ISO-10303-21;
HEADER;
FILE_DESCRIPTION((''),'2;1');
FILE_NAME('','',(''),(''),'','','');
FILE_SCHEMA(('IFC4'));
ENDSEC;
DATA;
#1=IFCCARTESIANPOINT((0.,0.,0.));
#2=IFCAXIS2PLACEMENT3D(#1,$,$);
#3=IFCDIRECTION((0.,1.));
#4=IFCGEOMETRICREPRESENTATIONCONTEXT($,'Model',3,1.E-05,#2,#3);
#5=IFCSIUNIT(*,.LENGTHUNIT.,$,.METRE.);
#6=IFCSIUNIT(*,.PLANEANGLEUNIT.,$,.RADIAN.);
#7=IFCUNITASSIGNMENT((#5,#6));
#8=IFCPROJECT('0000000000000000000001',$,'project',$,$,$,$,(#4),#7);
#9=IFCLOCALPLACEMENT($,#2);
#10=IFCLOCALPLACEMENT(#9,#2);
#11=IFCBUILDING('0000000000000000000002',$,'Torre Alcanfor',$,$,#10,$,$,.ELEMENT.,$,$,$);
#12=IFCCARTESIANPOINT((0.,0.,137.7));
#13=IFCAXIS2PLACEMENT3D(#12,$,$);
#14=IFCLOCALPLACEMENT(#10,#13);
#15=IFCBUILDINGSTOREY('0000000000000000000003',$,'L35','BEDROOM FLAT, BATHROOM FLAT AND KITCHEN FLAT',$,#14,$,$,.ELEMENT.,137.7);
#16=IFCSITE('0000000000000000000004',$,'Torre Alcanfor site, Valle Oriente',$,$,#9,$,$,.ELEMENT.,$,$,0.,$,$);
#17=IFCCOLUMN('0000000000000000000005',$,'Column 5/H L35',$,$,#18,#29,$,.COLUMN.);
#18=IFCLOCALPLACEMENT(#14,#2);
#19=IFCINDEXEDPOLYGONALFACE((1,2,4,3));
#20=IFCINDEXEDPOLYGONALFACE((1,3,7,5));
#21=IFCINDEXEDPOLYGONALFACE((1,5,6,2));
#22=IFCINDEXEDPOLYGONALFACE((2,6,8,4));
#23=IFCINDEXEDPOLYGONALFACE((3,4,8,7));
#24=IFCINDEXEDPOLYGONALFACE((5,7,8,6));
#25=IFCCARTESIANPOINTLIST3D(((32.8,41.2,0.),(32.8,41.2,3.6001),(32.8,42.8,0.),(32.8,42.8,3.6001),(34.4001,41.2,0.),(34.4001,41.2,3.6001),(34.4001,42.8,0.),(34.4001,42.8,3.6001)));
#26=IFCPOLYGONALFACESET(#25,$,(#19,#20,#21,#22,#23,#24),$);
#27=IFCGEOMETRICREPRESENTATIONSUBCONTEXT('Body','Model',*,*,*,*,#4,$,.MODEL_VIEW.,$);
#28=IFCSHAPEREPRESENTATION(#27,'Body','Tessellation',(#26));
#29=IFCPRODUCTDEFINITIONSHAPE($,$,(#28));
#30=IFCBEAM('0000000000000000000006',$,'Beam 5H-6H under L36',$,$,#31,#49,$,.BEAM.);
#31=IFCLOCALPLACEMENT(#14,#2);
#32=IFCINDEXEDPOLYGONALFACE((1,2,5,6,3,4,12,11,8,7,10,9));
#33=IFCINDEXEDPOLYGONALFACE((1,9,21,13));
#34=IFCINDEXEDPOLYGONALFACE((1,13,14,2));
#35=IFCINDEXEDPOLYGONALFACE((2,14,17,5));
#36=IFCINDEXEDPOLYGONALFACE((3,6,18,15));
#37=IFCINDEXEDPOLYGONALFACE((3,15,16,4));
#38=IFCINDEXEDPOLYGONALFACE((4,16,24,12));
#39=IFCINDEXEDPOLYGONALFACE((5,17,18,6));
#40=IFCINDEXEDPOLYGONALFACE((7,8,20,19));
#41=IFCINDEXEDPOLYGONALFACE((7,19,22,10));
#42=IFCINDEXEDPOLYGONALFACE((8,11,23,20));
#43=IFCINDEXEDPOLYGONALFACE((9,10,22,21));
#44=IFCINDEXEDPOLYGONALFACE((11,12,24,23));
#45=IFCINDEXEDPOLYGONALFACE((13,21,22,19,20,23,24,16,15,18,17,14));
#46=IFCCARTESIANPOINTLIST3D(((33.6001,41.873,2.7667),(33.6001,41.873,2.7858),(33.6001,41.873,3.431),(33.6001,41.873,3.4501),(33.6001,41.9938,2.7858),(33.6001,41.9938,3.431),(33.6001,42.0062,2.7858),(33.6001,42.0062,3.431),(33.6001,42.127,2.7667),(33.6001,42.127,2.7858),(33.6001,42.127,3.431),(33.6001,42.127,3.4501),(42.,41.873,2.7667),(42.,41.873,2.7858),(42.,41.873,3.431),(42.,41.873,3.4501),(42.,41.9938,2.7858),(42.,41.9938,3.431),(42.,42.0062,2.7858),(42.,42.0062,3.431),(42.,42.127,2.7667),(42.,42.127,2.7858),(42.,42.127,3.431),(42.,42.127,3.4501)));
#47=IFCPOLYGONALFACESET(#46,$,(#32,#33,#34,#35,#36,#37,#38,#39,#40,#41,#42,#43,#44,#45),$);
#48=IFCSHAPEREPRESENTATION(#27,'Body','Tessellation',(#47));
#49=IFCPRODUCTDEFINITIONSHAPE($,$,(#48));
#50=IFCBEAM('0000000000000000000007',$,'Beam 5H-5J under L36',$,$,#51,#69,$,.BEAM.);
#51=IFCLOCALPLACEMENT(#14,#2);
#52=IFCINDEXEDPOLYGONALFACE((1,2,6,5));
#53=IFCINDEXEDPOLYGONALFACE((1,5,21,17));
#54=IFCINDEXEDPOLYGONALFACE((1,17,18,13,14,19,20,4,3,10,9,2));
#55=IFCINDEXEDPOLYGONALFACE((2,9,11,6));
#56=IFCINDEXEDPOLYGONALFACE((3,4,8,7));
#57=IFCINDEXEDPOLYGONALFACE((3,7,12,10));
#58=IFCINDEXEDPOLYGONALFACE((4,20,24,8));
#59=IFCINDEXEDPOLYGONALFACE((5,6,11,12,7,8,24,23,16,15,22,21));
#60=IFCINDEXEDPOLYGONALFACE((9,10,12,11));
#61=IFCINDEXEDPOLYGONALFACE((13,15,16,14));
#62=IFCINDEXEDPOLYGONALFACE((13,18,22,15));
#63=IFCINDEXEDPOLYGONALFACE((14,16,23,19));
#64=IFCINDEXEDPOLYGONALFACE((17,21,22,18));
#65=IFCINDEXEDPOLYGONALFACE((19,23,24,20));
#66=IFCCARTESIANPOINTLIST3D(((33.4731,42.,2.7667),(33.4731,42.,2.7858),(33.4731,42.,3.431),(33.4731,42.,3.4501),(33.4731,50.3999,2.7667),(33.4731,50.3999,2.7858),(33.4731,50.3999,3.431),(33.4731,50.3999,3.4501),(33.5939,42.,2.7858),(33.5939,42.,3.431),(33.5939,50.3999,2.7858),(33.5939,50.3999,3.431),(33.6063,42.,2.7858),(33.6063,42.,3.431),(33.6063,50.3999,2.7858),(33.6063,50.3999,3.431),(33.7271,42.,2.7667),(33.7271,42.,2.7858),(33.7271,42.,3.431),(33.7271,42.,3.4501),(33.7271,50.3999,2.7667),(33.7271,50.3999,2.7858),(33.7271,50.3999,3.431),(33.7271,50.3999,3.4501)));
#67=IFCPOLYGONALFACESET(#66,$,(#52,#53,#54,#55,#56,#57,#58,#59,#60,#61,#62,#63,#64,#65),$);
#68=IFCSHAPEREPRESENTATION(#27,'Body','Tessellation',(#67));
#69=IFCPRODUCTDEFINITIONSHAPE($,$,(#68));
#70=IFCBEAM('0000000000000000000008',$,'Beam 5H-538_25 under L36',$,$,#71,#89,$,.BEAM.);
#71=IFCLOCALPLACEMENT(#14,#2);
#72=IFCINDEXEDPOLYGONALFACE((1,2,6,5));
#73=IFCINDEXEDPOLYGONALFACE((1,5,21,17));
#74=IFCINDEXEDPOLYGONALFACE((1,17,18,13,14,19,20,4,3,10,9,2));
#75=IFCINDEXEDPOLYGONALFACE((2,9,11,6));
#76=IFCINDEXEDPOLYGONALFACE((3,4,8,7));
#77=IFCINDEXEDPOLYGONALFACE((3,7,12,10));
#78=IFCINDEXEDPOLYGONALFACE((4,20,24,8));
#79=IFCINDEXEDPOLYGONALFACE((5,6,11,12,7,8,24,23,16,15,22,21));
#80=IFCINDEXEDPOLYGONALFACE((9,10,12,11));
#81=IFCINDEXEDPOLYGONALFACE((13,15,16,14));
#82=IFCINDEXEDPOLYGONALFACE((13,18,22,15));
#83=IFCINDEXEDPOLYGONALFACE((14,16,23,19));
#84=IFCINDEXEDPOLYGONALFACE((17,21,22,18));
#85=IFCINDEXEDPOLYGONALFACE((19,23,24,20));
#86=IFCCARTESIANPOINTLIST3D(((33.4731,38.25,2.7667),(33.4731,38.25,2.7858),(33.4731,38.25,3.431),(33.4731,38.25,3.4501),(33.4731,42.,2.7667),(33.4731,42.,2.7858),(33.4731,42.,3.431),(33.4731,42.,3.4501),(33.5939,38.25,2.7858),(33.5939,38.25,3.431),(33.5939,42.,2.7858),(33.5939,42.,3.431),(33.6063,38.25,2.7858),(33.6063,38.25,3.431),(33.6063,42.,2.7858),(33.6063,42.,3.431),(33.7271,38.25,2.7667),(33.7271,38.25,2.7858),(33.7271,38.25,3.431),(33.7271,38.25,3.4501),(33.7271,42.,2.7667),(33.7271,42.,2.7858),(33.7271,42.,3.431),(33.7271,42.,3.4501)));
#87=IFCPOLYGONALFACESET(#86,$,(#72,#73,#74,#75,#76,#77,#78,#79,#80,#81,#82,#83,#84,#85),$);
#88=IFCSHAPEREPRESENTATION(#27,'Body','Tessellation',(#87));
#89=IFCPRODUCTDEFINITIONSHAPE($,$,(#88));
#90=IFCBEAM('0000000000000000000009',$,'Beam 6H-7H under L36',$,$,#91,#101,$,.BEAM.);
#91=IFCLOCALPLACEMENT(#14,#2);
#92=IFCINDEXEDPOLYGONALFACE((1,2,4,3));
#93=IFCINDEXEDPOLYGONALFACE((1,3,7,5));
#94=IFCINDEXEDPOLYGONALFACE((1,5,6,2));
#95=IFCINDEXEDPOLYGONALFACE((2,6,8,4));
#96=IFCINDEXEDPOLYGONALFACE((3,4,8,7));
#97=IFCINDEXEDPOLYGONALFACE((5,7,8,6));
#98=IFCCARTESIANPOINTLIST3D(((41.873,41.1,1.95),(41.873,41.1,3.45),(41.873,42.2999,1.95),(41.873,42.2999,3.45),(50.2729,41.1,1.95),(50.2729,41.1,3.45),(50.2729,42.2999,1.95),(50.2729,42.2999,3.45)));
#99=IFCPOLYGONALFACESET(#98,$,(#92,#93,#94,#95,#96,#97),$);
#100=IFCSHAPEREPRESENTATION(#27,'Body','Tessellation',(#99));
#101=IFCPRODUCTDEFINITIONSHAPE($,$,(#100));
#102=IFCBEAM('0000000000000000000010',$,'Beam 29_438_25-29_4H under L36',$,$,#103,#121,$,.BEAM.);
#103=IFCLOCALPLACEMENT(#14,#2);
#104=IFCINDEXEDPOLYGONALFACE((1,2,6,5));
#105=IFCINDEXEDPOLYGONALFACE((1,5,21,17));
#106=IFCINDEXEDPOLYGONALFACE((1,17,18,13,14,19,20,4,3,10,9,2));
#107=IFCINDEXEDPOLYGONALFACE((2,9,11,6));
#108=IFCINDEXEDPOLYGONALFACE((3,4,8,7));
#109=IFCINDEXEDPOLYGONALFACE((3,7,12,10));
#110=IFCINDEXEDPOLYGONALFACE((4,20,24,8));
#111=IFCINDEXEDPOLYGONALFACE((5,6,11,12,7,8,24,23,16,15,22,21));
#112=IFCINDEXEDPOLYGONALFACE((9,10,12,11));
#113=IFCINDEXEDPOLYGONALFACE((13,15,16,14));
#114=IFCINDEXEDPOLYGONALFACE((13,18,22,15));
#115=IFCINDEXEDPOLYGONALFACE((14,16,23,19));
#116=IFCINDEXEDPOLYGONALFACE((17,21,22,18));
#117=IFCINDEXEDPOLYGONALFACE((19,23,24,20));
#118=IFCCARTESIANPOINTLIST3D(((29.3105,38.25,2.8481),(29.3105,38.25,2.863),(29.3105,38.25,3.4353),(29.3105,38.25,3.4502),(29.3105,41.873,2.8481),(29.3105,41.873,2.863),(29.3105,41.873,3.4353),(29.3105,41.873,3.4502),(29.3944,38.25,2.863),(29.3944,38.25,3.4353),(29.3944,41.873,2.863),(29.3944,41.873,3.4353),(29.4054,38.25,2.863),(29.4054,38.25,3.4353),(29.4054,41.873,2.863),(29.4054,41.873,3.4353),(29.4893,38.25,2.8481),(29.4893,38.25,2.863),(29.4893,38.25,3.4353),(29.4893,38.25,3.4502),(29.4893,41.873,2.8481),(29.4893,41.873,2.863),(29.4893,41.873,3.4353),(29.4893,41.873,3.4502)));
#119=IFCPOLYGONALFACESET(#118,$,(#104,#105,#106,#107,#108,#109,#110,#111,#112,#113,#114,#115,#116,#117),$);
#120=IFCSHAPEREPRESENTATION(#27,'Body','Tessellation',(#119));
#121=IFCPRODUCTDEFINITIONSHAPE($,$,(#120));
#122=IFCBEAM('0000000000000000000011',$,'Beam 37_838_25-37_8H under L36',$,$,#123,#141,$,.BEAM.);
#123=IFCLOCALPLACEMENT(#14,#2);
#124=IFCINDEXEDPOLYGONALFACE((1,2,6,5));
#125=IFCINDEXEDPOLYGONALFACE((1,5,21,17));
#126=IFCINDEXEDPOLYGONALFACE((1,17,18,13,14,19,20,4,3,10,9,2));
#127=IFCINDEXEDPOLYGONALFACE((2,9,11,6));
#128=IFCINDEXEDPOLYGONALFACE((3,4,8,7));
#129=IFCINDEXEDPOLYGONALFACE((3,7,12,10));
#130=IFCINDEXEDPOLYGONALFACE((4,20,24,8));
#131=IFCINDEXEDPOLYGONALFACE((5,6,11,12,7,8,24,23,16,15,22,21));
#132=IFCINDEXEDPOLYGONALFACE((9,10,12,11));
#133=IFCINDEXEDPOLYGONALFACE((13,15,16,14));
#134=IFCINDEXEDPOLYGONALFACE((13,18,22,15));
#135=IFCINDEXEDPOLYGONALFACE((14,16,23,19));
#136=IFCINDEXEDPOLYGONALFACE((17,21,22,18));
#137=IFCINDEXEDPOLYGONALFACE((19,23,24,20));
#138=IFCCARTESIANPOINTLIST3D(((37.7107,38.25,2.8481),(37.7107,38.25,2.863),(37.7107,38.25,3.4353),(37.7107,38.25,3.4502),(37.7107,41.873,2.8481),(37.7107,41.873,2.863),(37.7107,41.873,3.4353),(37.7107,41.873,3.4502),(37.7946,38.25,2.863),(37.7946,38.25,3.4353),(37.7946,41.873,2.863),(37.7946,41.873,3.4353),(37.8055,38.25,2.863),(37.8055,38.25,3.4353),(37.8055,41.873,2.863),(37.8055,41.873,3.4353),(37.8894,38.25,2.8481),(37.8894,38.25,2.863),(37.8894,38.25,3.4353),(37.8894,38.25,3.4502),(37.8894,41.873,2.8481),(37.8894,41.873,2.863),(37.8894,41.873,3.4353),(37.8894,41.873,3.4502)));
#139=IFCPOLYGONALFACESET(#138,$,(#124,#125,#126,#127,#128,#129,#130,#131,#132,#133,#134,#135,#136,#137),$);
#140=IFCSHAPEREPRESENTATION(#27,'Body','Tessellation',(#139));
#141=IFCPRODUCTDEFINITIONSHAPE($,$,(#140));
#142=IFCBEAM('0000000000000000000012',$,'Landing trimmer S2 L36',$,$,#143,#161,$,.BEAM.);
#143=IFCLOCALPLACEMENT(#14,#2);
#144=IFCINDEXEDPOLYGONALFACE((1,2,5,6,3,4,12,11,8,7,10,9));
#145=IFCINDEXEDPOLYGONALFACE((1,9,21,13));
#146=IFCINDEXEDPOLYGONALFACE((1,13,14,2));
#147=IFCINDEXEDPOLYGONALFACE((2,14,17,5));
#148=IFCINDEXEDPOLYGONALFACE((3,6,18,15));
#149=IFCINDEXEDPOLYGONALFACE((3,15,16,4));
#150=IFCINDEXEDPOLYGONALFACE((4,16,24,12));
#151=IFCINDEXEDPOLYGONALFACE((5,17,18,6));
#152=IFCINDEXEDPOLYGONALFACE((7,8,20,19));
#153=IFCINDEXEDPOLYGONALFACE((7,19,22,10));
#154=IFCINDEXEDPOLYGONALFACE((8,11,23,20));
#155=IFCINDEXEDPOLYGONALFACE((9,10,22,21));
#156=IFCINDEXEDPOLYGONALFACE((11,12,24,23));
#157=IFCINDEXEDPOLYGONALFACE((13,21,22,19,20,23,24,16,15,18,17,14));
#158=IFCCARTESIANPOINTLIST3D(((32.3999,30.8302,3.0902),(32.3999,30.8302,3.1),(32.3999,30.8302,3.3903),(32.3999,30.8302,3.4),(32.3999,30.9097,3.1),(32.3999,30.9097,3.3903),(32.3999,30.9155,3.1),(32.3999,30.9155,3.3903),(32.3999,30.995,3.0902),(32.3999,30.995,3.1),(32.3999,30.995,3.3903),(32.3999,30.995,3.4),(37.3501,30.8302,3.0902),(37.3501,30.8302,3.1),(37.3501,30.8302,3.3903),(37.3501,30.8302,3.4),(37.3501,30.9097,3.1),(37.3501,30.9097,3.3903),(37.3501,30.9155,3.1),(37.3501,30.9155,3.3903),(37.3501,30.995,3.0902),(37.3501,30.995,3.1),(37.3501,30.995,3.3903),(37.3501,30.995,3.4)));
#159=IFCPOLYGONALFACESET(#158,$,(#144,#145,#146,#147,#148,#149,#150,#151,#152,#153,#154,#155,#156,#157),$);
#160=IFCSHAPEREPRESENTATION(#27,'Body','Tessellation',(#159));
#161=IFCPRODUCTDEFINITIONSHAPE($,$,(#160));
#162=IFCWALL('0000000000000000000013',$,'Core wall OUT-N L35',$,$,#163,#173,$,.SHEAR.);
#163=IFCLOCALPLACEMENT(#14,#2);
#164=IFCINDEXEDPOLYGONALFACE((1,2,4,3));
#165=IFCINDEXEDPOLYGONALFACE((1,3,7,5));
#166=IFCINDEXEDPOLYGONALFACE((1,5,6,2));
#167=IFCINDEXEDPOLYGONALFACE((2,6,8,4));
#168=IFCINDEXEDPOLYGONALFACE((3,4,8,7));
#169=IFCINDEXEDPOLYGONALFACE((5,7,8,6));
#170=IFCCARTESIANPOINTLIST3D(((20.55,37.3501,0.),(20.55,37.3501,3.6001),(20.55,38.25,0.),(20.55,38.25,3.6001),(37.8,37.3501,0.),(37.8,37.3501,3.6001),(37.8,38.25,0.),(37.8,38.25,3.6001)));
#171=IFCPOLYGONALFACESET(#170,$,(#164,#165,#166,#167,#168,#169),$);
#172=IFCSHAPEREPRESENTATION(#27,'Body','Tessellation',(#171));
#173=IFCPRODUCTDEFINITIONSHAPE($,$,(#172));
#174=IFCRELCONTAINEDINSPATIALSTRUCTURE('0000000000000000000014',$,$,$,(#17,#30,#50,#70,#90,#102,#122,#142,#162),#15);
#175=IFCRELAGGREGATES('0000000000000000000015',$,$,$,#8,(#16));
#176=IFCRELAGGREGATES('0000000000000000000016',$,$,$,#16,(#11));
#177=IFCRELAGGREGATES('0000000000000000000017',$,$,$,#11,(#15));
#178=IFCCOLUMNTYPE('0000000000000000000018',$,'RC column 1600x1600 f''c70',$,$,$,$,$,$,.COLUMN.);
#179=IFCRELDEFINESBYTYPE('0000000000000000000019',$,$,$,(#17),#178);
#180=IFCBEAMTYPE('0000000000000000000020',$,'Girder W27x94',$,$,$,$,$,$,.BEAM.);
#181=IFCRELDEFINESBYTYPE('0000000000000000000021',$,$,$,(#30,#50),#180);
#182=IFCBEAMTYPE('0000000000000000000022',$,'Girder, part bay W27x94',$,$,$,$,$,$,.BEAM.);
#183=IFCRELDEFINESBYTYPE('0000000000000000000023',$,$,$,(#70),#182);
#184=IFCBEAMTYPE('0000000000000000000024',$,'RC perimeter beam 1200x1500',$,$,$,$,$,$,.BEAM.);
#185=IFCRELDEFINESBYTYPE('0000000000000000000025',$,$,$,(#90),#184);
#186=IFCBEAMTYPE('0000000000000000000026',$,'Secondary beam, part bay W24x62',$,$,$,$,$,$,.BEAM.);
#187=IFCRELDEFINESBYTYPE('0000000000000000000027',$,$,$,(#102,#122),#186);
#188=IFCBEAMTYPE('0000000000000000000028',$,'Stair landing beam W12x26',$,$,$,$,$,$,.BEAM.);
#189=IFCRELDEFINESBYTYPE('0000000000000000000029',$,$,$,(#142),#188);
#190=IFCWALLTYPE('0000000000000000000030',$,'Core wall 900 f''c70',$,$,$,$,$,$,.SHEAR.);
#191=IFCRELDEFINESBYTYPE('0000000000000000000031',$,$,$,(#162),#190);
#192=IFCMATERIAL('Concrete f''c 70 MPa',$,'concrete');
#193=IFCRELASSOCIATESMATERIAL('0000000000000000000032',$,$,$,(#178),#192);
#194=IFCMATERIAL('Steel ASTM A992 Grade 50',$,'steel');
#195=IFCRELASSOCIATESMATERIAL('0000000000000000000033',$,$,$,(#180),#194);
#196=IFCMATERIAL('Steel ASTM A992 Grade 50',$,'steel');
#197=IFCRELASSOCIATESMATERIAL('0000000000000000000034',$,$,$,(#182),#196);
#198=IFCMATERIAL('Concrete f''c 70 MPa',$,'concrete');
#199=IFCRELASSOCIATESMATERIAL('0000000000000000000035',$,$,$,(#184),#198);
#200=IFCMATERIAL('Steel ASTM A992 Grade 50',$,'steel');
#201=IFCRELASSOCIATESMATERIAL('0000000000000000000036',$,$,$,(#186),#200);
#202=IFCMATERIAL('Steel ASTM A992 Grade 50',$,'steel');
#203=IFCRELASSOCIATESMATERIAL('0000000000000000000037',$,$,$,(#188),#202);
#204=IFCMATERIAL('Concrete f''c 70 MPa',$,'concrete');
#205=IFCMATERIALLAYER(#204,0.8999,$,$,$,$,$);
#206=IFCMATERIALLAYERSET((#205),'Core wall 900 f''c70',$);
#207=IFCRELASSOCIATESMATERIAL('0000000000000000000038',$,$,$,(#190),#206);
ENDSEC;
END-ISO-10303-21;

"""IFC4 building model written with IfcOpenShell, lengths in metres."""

from ifc_helpers import new_model, si_unit, direction, frame, frame_2d, origin, origin_2d, place, context, subcontext, project, spatial, rectangle, i_section, extrude, material, layer, layer_set, material_profile, profile_set, type_object, element, save


model = new_model("IFC4")

# Units and contexts
model_context = context("Model", 3, precision=1e-05, world=origin(), true_north=direction((0.0, 1.0)))
body_context = subcontext(model_context, "Body", "Model", "MODEL_VIEW")
ifc_project = project(units=[si_unit("LENGTHUNIT", "METRE"), si_unit("PLANEANGLEUNIT", "RADIAN")], contexts=[model_context])

# Site, building, storey
site_placement = place(None, origin())
site = spatial("IfcSite", under=ifc_project, at=site_placement, Name="Torre Alcanfor site, Valle Oriente", CompositionType="ELEMENT", RefElevation=0.0)
building_placement = place(site_placement, origin())
building = spatial("IfcBuilding", under=site, at=building_placement, Name="Torre Alcanfor", CompositionType="ELEMENT")
storey_placement = place(building_placement, frame((0.0, 0.0, 137.7)))
storey = spatial("IfcBuildingStorey", under=building, at=storey_placement, Name="L35", Description="BEDROOM FLAT, BATHROOM FLAT AND KITCHEN FLAT", CompositionType="ELEMENT", Elevation=137.7)

# Column
ifc_material_1 = material(Name="Concrete f'c 70 MPa", Category="concrete")
ifc_material_profile_1 = material_profile(ifc_material_1, rectangle(XDim=1.6001, YDim=1.6001, at=origin_2d()), Name="1600x1600")
ifc_profile_set_1 = profile_set([ifc_material_profile_1], Name="Concrete f'c 70 MPa")
column_type = type_object("IfcColumnType", Name="RC column 1600x1600 f'c70", PredefinedType="COLUMN", material=ifc_profile_set_1)
column_placement = place(storey_placement, frame((33.6001, 42.0, 0.0), z_axis=(0.0, 0.0, 1.0), x_axis=(1.0, 0.0, 0.0)))
element("IfcColumn", 1, at=column_placement, inside=storey, type_object=column_type, Name="Column 5/H L35", PredefinedType="COLUMN", context=body_context, shape_type="SweptSolid", body=[
    extrude(rectangle(XDim=1.6001, YDim=1.6001, at=origin_2d()), origin(), (0.0, 0.0, 1.0), 3.6001),
])

# Beams
ifc_material_2 = material(Name="Steel ASTM A992 Grade 50", Category="steel")
ifc_material_profile_2 = material_profile(ifc_material_2, i_section(OverallWidth=0.2539, OverallDepth=0.6833, WebThickness=0.0125, FlangeThickness=0.019, at=origin_2d()), Name="W27x94")
ifc_profile_set_2 = profile_set([ifc_material_profile_2], Name="Steel ASTM A992 Grade 50")
beam_type_1 = type_object("IfcBeamType", Name="Girder W27x94", PredefinedType="BEAM", material=ifc_profile_set_2)
for number, where, z_axis, x_axis, name in (
    (2, (33.6001, 42.0, 3.1084), (1.0, 0.0, 0.0), (0.0, 1.0, 0.0), "Beam 5H-6H under L36"),
    (3, (33.6001, 42.0, 3.1084), (0.0, 1.0, 0.0), (-1.0, 0.0, 0.0), "Beam 5H-5J under L36"),
):
    element("IfcBeam", number, at=place(storey_placement, frame(where, z_axis=z_axis, x_axis=x_axis)), inside=storey, type_object=beam_type_1, Name=name, PredefinedType="BEAM", context=body_context, shape_type="SweptSolid", body=[
        extrude(i_section(OverallWidth=0.2539, OverallDepth=0.6833, WebThickness=0.0125, FlangeThickness=0.019, at=origin_2d()), origin(), (0.0, 0.0, 1.0), 8.3999),
    ])
ifc_material_3 = material(Name="Steel ASTM A992 Grade 50", Category="steel")
ifc_material_profile_3 = material_profile(ifc_material_3, i_section(OverallWidth=0.2539, OverallDepth=0.6833, WebThickness=0.0125, FlangeThickness=0.019, at=origin_2d()), Name="W27x94")
ifc_profile_set_3 = profile_set([ifc_material_profile_3], Name="Steel ASTM A992 Grade 50")
beam_type_2 = type_object("IfcBeamType", Name="Girder, part bay W27x94", PredefinedType="BEAM", material=ifc_profile_set_3)
beam_1_placement = place(storey_placement, frame((33.6001, 42.0, 3.1084), z_axis=(0.0, -1.0, 0.0), x_axis=(1.0, 0.0, 0.0)))
element("IfcBeam", 4, at=beam_1_placement, inside=storey, type_object=beam_type_2, Name="Beam 5H-538_25 under L36", PredefinedType="BEAM", context=body_context, shape_type="SweptSolid", body=[
    extrude(i_section(OverallWidth=0.2539, OverallDepth=0.6833, WebThickness=0.0125, FlangeThickness=0.019, at=origin_2d()), origin(), (0.0, 0.0, 1.0), 3.75),
])
ifc_material_4 = material(Name="Concrete f'c 70 MPa", Category="concrete")
ifc_material_profile_4 = material_profile(ifc_material_4, rectangle(XDim=1.2, YDim=1.5, at=origin_2d()), Name="1200x1500")
ifc_profile_set_4 = profile_set([ifc_material_profile_4], Name="Concrete f'c 70 MPa")
beam_type_3 = type_object("IfcBeamType", Name="RC perimeter beam 1200x1500", PredefinedType="BEAM", material=ifc_profile_set_4)
beam_2_placement = place(storey_placement, frame((41.873, 41.7, 2.7), z_axis=(1.0, 0.0, 0.0), x_axis=(0.0, 1.0, 0.0)))
element("IfcBeam", 5, at=beam_2_placement, inside=storey, type_object=beam_type_3, Name="Beam 6H-7H under L36", PredefinedType="BEAM", context=body_context, shape_type="SweptSolid", body=[
    extrude(rectangle(XDim=1.2, YDim=1.5, at=origin_2d()), origin(), (0.0, 0.0, 1.0), 8.3999),
])
ifc_material_5 = material(Name="Steel ASTM A992 Grade 50", Category="steel")
ifc_material_profile_5 = material_profile(ifc_material_5, i_section(OverallWidth=0.1787, OverallDepth=0.6021, WebThickness=0.011, FlangeThickness=0.0149, at=origin_2d()), Name="W24x62")
ifc_profile_set_5 = profile_set([ifc_material_profile_5], Name="Steel ASTM A992 Grade 50")
beam_type_4 = type_object("IfcBeamType", Name="Secondary beam, part bay W24x62", PredefinedType="BEAM", material=ifc_profile_set_5)
for number, where, z_axis, x_axis, name in (
    (6, (29.3999, 38.25, 3.1492), (0.0, 1.0, 0.0), (-1.0, 0.0, 0.0), "Beam 29_438_25-29_4H under L36"),
    (7, (37.8, 38.25, 3.1492), (0.0, 1.0, 0.0), (-1.0, 0.0, 0.0), "Beam 37_838_25-37_8H under L36"),
):
    element("IfcBeam", number, at=place(storey_placement, frame(where, z_axis=z_axis, x_axis=x_axis)), inside=storey, type_object=beam_type_4, Name=name, PredefinedType="BEAM", context=body_context, shape_type="SweptSolid", body=[
        extrude(i_section(OverallWidth=0.1787, OverallDepth=0.6021, WebThickness=0.011, FlangeThickness=0.0149, at=origin_2d()), origin(), (0.0, 0.0, 1.0), 3.623),
    ])
ifc_material_6 = material(Name="Steel ASTM A992 Grade 50", Category="steel")
ifc_material_profile_6 = material_profile(ifc_material_6, i_section(OverallWidth=0.1648, OverallDepth=0.3098, WebThickness=0.0059, FlangeThickness=0.0098, at=origin_2d()), Name="W12x26")
ifc_profile_set_6 = profile_set([ifc_material_profile_6], Name="Steel ASTM A992 Grade 50")
beam_type_5 = type_object("IfcBeamType", Name="Stair landing beam W12x26", PredefinedType="BEAM", material=ifc_profile_set_6)
beam_3_placement = place(storey_placement, frame((32.3999, 30.9126, 3.2451), z_axis=(1.0, 0.0, 0.0), x_axis=(0.0, 1.0, 0.0)))
element("IfcBeam", 8, at=beam_3_placement, inside=storey, type_object=beam_type_5, Name="Landing trimmer S2 L36", PredefinedType="BEAM", context=body_context, shape_type="SweptSolid", body=[
    extrude(i_section(OverallWidth=0.1648, OverallDepth=0.3098, WebThickness=0.0059, FlangeThickness=0.0098, at=origin_2d()), origin(), (0.0, 0.0, 1.0), 4.9502),
])

# Wall
ifc_material_7 = material(Name="Concrete f'c 70 MPa", Category="concrete")
ifc_layer_1 = layer(ifc_material_7, 0.8999)
ifc_layer_set_1 = layer_set([ifc_layer_1], Name="Core wall 900 f'c70")
wall_type_1 = type_object("IfcWallType", Name="Core wall 900 f'c70", PredefinedType="SHEAR", material=ifc_layer_set_1)
wall_1_placement = place(storey_placement, frame((37.8, 37.8, 0.0), z_axis=(0.0, 0.0, 1.0), x_axis=(-1.0, 0.0, 0.0)))
element("IfcWall", 9, at=wall_1_placement, inside=storey, type_object=wall_type_1, Name="Core wall OUT-N L35", PredefinedType="SHEAR", context=body_context, shape_type="SweptSolid", body=[
    extrude(rectangle(XDim=17.25, YDim=0.8999, at=frame_2d((8.625, 0.0))), origin(), (0.0, 0.0, 1.0), 3.6001),
])

save(model, "model.ifc")
